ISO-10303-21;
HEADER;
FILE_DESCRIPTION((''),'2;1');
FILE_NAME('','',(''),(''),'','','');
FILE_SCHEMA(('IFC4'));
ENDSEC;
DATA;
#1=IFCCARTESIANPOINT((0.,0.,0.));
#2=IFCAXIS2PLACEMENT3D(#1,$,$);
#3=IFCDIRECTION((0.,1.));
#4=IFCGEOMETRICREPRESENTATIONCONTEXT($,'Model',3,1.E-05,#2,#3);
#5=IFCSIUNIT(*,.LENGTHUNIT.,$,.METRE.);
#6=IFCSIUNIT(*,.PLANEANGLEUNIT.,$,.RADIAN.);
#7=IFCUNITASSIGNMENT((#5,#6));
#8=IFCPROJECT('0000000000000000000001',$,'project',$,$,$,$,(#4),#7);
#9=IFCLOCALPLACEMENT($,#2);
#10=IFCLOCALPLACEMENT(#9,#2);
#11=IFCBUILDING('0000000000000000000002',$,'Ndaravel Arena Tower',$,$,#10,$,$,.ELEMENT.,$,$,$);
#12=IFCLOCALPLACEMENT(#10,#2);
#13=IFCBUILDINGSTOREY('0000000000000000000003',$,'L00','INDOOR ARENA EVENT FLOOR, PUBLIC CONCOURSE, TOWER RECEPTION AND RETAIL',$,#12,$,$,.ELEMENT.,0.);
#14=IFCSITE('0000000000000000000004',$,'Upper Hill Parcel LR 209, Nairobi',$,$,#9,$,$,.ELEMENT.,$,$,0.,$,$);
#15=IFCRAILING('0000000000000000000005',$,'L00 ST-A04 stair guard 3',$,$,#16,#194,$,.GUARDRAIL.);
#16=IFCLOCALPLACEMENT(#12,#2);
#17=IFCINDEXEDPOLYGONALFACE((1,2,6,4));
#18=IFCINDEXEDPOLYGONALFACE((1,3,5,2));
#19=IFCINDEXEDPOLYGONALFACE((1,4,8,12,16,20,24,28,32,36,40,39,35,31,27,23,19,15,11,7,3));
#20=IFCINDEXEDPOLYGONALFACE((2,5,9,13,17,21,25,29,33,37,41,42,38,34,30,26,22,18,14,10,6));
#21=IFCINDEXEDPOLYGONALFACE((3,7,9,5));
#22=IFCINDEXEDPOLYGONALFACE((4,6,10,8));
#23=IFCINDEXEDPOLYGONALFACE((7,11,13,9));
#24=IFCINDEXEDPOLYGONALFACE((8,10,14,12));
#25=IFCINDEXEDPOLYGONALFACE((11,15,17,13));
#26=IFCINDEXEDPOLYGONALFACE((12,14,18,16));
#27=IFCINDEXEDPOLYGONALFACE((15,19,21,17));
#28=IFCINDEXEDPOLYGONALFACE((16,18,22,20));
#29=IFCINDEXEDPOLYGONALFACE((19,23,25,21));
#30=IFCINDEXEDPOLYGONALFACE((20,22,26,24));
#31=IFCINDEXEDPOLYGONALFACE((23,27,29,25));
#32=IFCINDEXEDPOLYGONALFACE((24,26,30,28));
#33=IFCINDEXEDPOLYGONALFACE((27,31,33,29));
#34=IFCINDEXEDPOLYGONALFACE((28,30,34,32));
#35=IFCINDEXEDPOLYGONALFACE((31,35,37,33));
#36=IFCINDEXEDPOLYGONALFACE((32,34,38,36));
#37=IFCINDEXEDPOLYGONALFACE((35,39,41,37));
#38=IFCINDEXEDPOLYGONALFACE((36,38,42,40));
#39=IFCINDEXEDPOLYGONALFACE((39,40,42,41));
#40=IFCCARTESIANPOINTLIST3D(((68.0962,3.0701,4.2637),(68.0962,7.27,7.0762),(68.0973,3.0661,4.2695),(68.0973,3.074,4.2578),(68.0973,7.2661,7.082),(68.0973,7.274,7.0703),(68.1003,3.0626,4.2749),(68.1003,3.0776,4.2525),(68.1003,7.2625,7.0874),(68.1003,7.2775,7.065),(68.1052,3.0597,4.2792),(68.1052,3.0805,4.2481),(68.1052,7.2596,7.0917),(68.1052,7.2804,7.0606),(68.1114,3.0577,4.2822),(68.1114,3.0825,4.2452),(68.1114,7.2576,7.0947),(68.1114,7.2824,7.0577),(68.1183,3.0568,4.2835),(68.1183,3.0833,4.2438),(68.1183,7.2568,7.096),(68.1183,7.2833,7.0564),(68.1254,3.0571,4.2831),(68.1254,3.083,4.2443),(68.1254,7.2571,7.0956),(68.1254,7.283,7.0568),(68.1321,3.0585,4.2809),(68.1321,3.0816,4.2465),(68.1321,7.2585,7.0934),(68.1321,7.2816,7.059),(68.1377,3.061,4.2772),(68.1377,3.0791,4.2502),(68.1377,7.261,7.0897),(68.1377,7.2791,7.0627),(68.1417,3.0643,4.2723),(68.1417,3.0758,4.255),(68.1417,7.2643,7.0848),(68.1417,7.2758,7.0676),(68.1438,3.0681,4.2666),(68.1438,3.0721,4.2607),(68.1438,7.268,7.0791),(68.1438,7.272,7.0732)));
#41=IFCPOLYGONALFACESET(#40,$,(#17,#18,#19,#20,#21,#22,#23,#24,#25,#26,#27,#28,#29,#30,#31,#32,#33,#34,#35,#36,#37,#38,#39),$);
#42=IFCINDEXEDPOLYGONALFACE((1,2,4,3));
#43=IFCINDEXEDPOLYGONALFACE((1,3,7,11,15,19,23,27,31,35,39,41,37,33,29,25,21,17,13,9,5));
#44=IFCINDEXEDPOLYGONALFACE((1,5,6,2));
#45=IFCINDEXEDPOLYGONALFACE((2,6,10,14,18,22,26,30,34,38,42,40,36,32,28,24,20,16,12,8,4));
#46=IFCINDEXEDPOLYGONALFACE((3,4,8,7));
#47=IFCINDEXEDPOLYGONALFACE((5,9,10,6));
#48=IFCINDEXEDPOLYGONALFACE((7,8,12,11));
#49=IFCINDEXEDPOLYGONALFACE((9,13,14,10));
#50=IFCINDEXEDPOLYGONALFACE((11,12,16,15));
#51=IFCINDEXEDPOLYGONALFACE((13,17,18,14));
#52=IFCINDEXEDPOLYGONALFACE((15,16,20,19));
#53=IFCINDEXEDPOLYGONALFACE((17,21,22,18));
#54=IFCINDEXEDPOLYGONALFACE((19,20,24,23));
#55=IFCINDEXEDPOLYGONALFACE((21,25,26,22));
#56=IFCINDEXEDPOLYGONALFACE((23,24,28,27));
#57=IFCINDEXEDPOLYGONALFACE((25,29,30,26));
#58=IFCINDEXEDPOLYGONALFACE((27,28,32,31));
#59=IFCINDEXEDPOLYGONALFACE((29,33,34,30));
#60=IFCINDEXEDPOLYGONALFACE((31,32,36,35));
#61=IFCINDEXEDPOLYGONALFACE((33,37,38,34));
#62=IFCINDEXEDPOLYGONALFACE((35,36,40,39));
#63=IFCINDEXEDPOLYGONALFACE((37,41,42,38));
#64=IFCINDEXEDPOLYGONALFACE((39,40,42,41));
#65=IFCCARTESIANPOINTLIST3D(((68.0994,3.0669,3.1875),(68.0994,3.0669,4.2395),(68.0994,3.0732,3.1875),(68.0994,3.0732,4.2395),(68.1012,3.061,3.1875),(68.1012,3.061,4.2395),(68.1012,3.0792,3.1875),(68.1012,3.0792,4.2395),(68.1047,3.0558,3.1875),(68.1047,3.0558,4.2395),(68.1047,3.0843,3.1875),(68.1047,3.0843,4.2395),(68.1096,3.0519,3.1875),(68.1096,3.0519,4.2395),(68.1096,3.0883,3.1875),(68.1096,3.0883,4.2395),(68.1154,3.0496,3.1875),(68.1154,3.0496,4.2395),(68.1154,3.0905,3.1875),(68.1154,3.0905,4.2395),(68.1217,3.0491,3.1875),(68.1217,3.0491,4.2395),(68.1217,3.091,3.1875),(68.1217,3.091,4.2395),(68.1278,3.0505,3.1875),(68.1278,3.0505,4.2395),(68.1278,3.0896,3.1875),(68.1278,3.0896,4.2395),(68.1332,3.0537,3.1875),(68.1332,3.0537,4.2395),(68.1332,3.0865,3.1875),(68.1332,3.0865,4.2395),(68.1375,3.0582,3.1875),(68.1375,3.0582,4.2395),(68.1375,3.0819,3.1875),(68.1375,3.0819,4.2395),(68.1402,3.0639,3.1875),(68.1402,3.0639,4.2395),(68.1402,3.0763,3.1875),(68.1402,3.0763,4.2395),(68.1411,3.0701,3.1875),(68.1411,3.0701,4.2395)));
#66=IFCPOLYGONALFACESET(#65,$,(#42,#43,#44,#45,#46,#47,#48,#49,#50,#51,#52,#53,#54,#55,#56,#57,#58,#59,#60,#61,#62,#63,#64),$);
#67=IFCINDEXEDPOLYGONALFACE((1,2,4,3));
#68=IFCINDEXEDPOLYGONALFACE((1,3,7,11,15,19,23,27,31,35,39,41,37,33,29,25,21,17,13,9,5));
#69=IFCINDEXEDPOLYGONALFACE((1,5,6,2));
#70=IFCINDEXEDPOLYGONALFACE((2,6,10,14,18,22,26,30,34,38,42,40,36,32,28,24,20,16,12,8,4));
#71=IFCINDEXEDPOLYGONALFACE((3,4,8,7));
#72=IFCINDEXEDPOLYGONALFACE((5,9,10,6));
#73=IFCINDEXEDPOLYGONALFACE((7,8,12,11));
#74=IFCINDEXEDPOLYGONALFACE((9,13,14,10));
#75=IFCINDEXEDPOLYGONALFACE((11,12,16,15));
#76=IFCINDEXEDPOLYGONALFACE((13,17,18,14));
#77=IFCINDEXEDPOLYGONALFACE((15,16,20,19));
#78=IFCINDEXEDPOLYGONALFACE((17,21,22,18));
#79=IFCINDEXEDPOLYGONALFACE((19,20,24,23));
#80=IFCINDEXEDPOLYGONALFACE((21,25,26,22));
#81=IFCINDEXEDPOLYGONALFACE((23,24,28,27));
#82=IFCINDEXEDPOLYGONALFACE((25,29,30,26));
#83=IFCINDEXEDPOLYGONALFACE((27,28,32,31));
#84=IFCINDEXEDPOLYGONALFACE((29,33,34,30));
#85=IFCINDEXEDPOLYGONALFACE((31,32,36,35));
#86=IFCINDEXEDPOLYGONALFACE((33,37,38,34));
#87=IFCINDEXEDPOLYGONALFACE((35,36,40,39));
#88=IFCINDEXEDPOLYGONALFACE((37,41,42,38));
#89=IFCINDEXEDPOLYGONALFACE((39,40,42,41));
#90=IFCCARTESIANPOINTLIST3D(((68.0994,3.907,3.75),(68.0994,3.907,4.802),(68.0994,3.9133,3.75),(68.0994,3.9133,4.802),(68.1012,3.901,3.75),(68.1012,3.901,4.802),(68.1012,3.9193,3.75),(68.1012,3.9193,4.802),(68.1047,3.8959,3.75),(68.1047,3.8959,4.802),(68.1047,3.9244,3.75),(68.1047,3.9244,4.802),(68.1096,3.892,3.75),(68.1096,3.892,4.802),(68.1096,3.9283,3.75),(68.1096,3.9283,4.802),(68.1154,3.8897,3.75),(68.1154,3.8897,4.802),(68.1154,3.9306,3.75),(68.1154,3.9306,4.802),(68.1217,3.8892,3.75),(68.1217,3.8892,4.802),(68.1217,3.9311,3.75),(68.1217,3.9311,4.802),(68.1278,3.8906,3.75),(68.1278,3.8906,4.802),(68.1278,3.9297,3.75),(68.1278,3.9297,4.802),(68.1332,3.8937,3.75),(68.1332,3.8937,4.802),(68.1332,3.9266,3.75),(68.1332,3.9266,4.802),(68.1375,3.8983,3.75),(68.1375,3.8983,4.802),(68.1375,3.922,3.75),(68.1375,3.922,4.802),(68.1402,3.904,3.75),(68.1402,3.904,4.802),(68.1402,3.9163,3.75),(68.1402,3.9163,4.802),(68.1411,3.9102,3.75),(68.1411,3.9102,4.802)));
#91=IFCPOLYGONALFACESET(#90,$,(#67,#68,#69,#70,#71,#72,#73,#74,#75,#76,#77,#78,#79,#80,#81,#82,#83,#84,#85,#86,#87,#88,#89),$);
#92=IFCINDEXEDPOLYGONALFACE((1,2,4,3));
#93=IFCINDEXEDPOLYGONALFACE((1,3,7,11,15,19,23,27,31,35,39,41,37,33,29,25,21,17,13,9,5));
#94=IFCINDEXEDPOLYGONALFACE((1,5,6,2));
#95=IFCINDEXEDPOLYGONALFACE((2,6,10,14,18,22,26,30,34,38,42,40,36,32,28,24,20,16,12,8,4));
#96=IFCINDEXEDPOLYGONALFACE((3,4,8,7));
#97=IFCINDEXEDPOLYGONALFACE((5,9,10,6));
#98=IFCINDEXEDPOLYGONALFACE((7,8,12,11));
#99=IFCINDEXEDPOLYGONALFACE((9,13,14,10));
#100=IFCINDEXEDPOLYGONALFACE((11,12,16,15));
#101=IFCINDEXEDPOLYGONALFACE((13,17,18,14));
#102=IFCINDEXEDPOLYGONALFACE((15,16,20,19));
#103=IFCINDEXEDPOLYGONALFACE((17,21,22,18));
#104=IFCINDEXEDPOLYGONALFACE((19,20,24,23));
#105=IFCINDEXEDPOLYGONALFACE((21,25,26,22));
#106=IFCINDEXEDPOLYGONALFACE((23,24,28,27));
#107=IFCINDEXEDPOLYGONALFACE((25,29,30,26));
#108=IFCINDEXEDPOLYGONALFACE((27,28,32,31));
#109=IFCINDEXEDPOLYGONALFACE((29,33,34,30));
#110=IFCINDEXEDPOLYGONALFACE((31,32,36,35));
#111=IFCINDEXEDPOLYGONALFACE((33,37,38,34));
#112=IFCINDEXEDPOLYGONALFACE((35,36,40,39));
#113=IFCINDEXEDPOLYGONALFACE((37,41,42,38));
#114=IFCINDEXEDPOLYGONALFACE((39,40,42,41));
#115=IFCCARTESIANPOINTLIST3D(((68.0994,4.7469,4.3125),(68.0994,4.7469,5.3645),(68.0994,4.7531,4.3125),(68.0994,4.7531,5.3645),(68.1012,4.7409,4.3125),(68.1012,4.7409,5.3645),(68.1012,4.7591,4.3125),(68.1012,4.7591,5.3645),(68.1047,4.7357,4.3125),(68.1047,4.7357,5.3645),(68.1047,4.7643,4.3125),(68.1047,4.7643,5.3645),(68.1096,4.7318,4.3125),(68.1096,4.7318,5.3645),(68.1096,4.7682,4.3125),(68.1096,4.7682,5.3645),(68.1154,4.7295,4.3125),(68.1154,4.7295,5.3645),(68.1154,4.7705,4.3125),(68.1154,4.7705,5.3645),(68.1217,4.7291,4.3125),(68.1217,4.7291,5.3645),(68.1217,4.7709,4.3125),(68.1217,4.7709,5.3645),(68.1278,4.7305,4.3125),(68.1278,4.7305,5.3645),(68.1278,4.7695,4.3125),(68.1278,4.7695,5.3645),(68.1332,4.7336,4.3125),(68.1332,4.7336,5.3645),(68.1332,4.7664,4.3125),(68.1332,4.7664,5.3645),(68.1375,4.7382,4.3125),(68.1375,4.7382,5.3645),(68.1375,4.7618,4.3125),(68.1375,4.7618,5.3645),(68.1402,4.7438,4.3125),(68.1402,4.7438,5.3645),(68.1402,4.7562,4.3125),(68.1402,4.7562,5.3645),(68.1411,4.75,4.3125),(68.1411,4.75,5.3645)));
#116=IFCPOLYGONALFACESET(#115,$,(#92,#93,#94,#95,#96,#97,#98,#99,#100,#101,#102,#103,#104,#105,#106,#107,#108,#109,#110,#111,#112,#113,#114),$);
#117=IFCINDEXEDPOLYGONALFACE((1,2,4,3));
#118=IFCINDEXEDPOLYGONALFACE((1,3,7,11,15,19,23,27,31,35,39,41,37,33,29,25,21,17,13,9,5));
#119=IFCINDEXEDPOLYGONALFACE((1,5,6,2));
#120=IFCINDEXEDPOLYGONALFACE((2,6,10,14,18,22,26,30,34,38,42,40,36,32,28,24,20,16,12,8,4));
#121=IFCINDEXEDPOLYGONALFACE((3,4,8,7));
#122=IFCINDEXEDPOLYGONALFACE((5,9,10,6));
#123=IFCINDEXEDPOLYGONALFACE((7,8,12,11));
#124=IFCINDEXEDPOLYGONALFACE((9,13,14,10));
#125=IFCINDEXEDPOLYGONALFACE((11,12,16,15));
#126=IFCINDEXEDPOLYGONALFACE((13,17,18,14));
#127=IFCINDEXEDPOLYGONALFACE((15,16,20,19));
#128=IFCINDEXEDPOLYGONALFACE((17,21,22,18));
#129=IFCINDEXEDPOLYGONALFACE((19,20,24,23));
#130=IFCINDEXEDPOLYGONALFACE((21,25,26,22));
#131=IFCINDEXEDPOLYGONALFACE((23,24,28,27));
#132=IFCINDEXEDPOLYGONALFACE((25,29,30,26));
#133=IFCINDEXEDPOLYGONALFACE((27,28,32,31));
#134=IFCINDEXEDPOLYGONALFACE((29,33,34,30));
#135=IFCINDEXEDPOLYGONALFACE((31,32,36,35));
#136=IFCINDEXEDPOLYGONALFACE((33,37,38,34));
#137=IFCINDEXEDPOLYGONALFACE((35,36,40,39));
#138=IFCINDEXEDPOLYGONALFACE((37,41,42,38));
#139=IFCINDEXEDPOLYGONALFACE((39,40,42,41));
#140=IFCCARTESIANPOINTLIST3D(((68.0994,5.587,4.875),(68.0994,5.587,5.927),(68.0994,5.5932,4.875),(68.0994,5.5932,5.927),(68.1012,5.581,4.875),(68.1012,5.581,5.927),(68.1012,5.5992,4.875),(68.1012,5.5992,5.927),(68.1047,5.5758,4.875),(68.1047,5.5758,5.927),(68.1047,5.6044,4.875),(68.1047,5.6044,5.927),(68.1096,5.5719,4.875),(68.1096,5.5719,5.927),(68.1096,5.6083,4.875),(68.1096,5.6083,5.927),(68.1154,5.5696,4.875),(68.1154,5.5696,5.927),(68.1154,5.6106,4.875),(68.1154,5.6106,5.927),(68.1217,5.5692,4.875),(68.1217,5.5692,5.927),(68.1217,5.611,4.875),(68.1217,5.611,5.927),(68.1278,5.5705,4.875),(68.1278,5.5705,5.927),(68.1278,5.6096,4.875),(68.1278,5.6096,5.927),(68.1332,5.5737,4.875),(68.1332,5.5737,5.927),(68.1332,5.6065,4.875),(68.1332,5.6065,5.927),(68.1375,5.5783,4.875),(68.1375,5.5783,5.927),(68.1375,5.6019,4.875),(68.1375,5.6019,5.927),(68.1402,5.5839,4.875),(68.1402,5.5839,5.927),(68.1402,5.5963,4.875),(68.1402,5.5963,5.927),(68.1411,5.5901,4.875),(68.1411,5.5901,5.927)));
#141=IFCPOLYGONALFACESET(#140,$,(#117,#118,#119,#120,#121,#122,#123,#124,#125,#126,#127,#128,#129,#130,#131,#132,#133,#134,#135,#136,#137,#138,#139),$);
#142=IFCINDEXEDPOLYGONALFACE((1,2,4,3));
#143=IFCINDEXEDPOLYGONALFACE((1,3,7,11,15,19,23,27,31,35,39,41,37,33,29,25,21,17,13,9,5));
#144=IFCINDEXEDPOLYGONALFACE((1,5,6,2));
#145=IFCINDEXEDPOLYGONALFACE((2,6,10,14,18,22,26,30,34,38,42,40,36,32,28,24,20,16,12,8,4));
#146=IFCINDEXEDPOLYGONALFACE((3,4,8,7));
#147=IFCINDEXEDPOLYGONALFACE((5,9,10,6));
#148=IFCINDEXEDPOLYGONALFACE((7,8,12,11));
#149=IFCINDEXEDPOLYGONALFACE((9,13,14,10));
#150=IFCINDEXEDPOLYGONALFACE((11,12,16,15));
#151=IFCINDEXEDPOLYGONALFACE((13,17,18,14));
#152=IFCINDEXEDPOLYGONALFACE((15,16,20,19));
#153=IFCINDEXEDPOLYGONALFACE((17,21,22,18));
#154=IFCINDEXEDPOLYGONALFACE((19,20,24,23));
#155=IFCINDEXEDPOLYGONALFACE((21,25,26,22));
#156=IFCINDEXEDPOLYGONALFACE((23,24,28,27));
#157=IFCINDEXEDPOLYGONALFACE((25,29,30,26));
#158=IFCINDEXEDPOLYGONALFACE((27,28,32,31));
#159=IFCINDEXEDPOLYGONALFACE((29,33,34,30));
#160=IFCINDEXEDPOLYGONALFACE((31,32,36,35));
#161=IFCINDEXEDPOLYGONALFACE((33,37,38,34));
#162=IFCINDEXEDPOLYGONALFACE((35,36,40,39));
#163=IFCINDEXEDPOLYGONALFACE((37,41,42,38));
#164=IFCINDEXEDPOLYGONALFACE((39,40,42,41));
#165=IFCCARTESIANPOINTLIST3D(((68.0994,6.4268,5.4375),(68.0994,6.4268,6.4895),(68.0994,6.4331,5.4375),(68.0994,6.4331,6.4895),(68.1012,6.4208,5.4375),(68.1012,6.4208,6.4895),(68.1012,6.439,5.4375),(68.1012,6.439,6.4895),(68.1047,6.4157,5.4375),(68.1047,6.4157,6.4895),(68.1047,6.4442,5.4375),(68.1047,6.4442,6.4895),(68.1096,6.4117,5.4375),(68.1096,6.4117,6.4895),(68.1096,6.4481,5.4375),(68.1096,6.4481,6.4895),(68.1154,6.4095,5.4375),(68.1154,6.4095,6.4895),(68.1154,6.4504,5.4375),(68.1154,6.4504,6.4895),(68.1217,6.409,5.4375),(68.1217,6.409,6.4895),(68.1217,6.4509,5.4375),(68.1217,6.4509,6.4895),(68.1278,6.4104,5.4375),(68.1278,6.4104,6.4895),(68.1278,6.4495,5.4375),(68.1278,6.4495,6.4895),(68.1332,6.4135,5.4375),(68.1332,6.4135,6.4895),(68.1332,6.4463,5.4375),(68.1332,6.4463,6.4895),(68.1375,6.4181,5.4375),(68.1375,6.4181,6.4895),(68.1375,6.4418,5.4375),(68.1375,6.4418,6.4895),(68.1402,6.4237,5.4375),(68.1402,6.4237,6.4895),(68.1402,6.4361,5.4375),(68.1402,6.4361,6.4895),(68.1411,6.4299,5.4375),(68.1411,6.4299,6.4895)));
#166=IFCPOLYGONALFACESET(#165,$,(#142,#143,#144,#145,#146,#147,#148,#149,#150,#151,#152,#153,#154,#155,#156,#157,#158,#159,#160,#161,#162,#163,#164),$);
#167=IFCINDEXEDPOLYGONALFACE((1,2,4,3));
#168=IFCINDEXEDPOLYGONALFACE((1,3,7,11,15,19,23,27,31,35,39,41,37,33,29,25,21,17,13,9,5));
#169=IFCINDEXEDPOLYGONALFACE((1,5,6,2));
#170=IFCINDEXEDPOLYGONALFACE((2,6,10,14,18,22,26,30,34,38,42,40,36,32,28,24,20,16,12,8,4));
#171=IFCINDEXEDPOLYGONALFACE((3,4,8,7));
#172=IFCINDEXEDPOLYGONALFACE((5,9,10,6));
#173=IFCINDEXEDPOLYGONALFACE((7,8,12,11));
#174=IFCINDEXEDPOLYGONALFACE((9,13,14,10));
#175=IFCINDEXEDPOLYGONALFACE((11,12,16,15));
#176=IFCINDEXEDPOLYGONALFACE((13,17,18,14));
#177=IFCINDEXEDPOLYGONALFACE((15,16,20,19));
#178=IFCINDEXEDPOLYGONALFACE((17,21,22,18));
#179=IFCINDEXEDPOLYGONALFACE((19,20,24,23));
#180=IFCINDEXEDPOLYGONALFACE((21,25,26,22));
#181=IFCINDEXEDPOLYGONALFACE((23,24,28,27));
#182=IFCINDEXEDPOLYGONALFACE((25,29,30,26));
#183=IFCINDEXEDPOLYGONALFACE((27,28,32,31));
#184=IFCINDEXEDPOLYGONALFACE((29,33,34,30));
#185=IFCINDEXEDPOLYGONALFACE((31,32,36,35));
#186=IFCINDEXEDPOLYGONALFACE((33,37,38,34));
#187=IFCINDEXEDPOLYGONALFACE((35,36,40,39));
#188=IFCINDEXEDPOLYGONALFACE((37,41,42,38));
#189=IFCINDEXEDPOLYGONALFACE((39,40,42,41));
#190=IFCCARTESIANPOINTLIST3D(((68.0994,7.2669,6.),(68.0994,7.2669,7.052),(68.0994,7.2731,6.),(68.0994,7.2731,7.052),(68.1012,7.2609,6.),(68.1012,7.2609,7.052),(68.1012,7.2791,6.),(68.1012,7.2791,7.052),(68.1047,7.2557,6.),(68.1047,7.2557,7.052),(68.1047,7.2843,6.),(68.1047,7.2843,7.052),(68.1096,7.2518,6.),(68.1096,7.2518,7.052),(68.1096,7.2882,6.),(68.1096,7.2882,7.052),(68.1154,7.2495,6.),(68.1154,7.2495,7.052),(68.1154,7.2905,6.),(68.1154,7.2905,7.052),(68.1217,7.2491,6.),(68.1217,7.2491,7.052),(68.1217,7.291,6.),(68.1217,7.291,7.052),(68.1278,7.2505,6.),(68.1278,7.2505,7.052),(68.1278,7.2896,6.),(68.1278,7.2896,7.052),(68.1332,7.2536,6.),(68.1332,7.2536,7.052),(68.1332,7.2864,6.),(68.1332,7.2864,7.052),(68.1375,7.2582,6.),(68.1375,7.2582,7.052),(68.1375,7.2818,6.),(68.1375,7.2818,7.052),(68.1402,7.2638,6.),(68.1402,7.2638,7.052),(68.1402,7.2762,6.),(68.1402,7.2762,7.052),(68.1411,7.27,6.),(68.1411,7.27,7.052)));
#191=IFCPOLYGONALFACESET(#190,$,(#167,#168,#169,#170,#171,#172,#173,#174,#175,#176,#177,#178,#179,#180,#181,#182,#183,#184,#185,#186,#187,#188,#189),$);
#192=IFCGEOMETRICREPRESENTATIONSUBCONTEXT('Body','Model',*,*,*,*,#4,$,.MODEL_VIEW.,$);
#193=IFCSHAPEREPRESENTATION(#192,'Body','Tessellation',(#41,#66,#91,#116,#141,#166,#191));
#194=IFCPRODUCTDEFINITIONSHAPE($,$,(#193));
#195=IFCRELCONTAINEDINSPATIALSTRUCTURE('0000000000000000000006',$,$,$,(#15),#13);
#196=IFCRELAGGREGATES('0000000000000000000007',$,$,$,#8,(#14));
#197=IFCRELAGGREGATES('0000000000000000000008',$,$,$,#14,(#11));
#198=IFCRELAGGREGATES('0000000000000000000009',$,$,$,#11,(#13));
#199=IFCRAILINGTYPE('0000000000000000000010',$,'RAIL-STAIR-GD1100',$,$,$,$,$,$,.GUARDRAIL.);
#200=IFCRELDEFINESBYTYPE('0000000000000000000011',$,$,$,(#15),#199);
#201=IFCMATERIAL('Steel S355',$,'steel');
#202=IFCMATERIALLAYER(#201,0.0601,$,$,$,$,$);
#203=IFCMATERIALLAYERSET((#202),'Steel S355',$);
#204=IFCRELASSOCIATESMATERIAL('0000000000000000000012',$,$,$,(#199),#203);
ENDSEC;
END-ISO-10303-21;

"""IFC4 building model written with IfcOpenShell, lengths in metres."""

from ifc_helpers import new_model, si_unit, direction, frame, origin, origin_2d, place, context, subcontext, project, spatial, circle, extrude, material, layer, layer_set, type_object, element, save


model = new_model("IFC4")

# Units and contexts
model_context = context("Model", 3, precision=1e-05, world=origin(), true_north=direction((0.0, 1.0)))
body_context = subcontext(model_context, "Body", "Model", "MODEL_VIEW")
ifc_project = project(units=[si_unit("LENGTHUNIT", "METRE"), si_unit("PLANEANGLEUNIT", "RADIAN")], contexts=[model_context])

# Site, building, storey
site_placement = place(None, origin())
site = spatial("IfcSite", under=ifc_project, at=site_placement, Name="Upper Hill Parcel LR 209, Nairobi", CompositionType="ELEMENT", RefElevation=0.0)
building_placement = place(site_placement, origin())
building = spatial("IfcBuilding", under=site, at=building_placement, Name="Ndaravel Arena Tower", CompositionType="ELEMENT")
storey_placement = place(building_placement, origin())
storey = spatial("IfcBuildingStorey", under=building, at=storey_placement, Name="L00", Description="INDOOR ARENA EVENT FLOOR, PUBLIC CONCOURSE, TOWER RECEPTION AND RETAIL", CompositionType="ELEMENT", Elevation=0.0)

# Railing
ifc_material_1 = material(Name="Steel S355", Category="steel")
ifc_layer_1 = layer(ifc_material_1, 0.0601)
ifc_layer_set_1 = layer_set([ifc_layer_1], Name="Steel S355")
railing_type_1 = type_object("IfcRailingType", Name="RAIL-STAIR-GD1100", PredefinedType="GUARDRAIL", material=ifc_layer_set_1)
railing_1_placement = place(storey_placement, frame((68.1201, 3.0701, 3.1875)))
element("IfcRailing", 1, at=railing_1_placement, inside=storey, type_object=railing_type_1, Name="L00 ST-A04 stair guard 3", PredefinedType="GUARDRAIL", context=body_context, shape_type="SweptSolid", body=[
    extrude(circle(Radius=0.0239, at=origin_2d()), frame((0.0, 0.0, 1.0762), z_axis=(0.0, 0.830904, 0.556416), x_axis=(-1.0, 0.0, 0.0)), (0.0, 0.0, 1.0), 5.0547),
    extrude(circle(Radius=0.021, at=origin_2d()), origin(), (0.0, 0.0, 1.0), 1.052),
    extrude(circle(Radius=0.021, at=origin_2d()), frame((0.0, 0.8401, 0.5625)), (0.0, 0.0, 1.0), 1.052),
    extrude(circle(Radius=0.021, at=origin_2d()), frame((0.0, 1.6799, 1.125)), (0.0, 0.0, 1.0), 1.052),
    extrude(circle(Radius=0.021, at=origin_2d()), frame((0.0, 2.52, 1.6875)), (0.0, 0.0, 1.0), 1.052),
    extrude(circle(Radius=0.021, at=origin_2d()), frame((0.0, 3.3599, 2.25)), (0.0, 0.0, 1.0), 1.052),
    extrude(circle(Radius=0.021, at=origin_2d()), frame((0.0, 4.2, 2.8125)), (0.0, 0.0, 1.0), 1.052),
])

save(model, "model.ifc")
